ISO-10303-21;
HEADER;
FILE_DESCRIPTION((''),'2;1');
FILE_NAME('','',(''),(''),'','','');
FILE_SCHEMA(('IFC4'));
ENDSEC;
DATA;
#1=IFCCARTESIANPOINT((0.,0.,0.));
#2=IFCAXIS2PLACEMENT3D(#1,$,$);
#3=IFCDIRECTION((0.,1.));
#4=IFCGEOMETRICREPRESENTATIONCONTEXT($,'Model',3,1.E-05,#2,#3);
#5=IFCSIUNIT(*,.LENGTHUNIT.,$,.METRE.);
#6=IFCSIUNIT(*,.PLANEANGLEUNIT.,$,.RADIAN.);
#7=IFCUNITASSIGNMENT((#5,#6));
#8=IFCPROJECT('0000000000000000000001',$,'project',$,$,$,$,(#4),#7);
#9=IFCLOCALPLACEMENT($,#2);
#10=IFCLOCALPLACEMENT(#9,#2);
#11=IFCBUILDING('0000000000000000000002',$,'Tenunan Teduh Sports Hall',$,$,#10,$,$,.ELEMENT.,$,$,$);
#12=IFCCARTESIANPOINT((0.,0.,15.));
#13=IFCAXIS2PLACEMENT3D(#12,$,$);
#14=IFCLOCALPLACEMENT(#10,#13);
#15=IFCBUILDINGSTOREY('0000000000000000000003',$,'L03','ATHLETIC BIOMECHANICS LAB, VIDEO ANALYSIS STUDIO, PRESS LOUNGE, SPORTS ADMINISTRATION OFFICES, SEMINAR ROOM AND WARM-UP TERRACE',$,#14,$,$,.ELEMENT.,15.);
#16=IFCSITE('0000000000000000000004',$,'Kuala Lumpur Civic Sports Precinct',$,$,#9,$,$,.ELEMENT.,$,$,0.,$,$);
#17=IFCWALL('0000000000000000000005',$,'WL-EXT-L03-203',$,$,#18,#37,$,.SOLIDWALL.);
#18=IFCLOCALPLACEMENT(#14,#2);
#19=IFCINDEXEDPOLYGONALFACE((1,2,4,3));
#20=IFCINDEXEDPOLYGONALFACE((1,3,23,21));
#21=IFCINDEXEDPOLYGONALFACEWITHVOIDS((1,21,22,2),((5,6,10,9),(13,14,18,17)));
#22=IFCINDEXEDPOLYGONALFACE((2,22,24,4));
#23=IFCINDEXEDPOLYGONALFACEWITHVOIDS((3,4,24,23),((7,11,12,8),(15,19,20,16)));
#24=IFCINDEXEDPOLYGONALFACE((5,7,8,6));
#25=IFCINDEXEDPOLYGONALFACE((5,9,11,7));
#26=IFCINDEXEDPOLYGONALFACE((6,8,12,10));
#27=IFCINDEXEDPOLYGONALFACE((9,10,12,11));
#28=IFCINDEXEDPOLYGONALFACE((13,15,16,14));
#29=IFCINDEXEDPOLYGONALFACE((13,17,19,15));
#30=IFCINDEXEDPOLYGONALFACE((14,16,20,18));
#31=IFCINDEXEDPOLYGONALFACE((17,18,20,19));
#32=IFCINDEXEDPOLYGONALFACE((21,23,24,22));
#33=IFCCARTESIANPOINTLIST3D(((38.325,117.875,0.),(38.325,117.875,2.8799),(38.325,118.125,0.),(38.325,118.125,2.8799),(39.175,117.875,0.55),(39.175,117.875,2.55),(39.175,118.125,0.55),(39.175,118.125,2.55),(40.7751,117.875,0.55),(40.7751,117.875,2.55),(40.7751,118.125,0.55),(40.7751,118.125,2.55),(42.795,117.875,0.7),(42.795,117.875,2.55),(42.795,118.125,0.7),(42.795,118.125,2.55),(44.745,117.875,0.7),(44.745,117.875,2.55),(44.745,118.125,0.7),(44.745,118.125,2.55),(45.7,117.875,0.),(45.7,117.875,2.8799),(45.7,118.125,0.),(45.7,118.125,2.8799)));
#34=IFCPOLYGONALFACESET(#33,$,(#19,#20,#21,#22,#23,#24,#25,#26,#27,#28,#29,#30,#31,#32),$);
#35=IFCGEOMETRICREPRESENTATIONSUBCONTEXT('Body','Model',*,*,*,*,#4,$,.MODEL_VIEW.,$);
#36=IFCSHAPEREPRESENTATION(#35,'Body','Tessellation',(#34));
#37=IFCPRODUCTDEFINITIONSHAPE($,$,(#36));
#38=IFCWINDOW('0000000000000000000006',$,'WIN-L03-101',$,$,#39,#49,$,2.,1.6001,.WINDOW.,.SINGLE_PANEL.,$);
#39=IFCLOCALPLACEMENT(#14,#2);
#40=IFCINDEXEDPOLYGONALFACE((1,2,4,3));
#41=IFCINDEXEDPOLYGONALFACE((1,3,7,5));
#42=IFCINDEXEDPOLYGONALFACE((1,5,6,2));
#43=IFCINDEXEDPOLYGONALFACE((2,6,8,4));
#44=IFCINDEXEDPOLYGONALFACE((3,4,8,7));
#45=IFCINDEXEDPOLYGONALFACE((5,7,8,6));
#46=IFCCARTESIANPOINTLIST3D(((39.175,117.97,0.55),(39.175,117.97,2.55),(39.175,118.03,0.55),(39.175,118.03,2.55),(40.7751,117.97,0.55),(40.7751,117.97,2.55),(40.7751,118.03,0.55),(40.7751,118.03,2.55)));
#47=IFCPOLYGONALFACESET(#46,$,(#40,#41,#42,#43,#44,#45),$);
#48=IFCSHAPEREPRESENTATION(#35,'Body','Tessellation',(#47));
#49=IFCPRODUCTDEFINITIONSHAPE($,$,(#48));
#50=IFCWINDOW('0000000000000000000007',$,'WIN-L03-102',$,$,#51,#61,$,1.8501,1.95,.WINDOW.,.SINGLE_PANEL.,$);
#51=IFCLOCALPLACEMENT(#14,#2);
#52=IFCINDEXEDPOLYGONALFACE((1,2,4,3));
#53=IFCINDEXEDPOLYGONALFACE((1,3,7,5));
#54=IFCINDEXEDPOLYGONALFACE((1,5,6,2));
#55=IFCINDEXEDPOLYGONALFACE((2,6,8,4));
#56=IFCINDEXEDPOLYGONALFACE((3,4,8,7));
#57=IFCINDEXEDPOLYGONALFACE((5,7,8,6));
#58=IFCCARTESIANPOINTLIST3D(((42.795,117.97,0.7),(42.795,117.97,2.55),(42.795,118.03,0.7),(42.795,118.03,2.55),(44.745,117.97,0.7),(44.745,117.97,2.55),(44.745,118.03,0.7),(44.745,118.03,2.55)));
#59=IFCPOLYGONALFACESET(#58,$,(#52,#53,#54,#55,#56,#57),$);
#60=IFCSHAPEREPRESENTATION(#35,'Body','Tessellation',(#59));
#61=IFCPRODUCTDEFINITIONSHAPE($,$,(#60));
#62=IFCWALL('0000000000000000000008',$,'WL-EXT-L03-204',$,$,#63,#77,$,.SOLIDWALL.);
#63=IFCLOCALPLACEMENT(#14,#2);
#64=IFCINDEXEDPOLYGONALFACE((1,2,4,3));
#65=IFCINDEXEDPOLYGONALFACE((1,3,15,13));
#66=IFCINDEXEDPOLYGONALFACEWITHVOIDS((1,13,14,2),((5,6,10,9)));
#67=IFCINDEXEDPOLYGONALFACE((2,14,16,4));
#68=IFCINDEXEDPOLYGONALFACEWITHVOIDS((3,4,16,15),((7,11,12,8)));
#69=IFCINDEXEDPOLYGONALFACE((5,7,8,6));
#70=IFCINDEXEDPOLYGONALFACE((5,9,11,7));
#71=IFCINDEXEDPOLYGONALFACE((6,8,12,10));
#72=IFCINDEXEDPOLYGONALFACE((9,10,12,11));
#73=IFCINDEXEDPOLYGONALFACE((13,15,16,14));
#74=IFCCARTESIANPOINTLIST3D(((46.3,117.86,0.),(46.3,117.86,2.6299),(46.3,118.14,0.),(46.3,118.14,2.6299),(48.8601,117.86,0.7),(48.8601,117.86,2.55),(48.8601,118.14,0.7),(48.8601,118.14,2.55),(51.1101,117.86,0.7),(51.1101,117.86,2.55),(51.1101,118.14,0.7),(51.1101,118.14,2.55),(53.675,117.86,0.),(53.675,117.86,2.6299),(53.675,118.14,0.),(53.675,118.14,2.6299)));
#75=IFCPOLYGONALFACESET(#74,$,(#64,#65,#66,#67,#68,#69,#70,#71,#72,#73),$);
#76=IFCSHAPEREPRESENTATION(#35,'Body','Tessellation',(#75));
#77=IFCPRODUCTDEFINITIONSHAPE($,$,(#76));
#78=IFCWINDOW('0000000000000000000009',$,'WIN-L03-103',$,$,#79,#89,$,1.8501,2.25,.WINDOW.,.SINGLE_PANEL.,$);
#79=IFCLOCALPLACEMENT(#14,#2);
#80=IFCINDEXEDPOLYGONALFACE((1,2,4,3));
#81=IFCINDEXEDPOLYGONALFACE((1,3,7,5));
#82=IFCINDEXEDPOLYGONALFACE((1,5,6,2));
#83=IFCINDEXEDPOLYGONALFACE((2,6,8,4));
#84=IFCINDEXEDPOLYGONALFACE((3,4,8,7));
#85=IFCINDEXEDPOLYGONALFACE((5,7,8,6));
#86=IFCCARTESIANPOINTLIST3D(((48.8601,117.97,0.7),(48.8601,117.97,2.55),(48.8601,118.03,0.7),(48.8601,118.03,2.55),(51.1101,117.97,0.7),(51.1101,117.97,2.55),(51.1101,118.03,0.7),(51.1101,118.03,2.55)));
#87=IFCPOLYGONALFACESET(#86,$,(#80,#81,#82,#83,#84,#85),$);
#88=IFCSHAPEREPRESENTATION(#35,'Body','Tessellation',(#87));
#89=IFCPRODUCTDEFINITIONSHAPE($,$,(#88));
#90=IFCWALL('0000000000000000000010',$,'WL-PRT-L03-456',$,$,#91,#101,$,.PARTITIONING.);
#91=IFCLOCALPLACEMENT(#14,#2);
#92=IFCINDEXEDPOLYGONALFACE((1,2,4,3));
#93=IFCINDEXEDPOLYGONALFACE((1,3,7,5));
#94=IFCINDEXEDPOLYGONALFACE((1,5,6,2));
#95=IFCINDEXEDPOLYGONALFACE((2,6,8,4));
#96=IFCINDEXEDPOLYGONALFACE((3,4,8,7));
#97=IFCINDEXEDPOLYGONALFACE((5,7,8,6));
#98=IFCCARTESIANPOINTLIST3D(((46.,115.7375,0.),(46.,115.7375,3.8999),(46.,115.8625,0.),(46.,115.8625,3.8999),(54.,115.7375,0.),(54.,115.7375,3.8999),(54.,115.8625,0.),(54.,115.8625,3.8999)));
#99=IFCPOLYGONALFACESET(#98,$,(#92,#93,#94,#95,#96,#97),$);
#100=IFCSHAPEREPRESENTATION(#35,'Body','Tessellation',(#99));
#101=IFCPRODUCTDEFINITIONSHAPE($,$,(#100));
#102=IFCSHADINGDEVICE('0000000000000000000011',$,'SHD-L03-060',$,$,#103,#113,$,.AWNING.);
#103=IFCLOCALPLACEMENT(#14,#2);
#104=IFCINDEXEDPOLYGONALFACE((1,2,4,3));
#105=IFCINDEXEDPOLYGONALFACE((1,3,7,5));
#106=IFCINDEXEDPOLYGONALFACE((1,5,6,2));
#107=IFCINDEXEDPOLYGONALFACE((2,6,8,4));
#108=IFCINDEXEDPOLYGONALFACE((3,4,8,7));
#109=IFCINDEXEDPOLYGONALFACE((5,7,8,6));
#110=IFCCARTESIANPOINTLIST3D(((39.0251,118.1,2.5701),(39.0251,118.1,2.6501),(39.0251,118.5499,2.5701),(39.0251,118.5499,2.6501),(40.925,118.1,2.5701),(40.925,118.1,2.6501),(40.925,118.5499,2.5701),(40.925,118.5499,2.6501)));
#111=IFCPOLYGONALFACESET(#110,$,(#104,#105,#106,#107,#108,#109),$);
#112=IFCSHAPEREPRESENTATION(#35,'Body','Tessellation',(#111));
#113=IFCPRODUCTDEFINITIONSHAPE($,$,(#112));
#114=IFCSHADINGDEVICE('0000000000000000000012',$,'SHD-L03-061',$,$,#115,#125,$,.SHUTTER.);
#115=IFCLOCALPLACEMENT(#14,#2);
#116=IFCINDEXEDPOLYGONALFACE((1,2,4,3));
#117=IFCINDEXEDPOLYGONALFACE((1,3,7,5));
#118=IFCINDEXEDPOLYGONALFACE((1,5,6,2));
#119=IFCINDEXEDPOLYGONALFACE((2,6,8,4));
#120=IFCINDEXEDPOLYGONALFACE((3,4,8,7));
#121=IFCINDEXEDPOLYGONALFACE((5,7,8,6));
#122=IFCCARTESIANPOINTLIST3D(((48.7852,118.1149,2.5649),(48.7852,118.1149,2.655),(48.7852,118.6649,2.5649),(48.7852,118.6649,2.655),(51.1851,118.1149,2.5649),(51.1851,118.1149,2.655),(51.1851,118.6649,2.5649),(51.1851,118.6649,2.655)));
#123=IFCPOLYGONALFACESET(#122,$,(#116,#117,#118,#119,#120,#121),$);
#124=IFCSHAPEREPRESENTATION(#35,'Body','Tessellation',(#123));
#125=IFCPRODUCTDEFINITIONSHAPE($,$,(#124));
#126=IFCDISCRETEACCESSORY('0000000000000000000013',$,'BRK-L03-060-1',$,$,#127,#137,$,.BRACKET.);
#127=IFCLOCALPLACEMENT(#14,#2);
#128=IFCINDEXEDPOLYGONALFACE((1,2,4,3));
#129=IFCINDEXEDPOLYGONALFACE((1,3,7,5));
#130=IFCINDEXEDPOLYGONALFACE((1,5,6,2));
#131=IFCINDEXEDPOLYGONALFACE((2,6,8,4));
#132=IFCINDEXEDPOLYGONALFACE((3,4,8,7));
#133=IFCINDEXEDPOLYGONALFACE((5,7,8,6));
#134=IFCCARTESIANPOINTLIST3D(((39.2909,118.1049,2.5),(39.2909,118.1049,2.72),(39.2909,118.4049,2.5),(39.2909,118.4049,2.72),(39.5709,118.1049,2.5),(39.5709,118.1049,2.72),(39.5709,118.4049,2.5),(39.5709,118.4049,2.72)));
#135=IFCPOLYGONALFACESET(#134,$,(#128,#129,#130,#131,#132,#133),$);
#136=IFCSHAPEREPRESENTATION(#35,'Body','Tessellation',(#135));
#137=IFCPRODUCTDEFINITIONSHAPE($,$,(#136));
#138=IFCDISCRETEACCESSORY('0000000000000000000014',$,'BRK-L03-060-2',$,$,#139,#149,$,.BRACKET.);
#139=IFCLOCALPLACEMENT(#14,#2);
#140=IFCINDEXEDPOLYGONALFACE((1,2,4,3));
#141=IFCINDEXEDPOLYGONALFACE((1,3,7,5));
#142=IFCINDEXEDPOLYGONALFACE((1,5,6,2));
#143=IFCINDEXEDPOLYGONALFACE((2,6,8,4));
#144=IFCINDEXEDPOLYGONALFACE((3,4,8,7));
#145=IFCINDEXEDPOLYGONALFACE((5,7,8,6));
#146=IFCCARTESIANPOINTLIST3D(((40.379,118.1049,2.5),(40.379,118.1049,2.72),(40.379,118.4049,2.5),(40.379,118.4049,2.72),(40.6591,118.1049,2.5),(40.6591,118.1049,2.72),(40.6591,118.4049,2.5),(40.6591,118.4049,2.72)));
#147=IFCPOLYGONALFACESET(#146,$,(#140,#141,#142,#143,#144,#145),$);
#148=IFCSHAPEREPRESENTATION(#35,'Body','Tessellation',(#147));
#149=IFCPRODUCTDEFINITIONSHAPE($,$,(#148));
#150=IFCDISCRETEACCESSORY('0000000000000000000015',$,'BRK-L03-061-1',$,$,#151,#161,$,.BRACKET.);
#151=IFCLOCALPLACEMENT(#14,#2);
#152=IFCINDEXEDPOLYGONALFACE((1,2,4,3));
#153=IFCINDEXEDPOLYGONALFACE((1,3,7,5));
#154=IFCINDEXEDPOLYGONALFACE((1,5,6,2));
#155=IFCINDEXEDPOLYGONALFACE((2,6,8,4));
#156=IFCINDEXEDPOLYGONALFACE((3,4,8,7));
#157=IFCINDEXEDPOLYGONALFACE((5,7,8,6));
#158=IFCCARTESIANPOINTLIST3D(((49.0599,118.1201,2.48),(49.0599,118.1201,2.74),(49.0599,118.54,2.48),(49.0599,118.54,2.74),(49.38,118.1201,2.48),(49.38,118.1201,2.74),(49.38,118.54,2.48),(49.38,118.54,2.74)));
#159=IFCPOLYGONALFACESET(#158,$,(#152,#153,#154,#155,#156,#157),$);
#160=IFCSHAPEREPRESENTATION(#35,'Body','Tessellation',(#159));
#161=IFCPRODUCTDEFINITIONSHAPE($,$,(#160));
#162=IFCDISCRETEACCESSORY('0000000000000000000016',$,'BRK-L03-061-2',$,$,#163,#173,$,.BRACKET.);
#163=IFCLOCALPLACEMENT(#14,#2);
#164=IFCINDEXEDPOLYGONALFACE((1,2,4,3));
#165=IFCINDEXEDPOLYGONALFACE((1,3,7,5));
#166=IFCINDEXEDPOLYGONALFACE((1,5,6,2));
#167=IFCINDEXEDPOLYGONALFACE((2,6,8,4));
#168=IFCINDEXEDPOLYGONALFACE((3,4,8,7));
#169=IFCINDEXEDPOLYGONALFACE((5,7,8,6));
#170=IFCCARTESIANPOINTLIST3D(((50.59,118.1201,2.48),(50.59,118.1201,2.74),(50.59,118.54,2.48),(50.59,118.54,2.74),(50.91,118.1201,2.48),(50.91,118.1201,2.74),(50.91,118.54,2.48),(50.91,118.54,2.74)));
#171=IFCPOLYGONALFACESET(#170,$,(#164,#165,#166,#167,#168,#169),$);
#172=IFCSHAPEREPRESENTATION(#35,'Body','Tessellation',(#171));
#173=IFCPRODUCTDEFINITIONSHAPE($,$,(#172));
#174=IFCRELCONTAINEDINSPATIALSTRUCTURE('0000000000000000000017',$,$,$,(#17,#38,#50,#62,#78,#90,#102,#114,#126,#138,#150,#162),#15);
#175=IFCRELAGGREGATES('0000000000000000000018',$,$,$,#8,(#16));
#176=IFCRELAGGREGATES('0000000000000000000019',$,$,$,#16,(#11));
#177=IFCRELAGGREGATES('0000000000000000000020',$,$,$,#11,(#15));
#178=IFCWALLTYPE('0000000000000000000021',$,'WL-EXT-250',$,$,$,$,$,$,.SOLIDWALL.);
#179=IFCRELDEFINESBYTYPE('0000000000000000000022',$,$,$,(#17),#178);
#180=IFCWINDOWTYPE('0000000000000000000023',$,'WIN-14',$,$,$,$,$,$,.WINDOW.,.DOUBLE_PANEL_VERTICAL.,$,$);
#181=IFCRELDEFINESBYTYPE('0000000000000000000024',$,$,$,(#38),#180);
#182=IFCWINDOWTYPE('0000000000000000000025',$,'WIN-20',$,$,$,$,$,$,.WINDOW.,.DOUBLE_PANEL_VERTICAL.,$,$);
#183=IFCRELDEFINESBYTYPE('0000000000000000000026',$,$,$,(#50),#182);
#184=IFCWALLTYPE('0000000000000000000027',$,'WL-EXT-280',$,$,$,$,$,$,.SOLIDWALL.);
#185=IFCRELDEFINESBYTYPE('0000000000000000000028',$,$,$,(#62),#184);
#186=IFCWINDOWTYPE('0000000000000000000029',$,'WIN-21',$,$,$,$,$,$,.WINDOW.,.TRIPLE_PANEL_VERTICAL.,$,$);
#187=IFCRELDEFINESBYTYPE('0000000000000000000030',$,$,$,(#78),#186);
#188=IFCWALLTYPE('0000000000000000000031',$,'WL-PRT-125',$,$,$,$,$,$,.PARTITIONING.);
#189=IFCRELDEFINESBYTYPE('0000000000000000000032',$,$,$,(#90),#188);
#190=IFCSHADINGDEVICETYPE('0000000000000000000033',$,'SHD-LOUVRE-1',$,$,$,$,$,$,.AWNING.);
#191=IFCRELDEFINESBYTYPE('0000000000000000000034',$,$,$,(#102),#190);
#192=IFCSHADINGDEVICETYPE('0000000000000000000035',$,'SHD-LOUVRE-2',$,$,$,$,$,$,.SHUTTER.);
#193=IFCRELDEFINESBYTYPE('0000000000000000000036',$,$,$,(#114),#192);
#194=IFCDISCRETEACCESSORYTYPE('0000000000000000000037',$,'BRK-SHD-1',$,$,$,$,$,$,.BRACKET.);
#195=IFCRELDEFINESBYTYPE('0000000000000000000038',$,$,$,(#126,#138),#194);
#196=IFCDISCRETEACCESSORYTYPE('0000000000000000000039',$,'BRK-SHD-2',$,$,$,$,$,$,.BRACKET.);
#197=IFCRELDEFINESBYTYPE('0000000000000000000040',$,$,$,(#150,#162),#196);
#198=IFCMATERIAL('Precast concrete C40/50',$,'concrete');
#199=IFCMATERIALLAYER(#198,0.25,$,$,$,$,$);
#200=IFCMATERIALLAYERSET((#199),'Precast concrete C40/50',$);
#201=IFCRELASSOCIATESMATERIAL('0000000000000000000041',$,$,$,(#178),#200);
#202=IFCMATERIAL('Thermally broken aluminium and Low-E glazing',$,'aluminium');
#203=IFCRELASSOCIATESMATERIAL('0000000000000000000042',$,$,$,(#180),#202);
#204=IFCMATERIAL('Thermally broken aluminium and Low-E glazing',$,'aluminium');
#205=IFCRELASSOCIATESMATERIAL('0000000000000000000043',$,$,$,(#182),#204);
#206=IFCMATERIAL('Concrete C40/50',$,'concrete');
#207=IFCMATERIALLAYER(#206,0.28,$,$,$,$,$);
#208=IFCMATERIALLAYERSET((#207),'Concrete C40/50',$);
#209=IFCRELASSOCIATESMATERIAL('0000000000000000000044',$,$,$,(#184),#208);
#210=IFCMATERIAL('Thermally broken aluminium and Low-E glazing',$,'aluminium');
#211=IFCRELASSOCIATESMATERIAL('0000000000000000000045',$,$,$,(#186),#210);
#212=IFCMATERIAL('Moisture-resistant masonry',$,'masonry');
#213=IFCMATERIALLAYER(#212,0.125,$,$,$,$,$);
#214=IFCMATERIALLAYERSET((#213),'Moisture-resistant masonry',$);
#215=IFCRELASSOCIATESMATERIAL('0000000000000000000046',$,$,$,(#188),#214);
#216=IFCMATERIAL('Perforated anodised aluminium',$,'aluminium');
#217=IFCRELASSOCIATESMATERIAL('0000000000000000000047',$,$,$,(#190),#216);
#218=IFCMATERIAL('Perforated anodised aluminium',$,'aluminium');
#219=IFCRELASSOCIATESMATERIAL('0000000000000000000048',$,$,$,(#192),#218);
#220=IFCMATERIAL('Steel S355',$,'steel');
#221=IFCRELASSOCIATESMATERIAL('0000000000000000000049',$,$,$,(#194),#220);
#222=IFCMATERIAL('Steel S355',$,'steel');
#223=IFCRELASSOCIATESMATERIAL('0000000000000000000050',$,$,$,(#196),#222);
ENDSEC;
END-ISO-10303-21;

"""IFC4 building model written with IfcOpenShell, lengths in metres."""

from ifc_helpers import new_model, si_unit, direction, frame, frame_2d, origin, origin_2d, place, context, subcontext, project, spatial, rectangle, extrude, material, layer, layer_set, type_object, element, fill, save


model = new_model("IFC4")

# Units and contexts
model_context = context("Model", 3, precision=1e-05, world=origin(), true_north=direction((0.0, 1.0)))
body_context = subcontext(model_context, "Body", "Model", "MODEL_VIEW")
ifc_project = project(units=[si_unit("LENGTHUNIT", "METRE"), si_unit("PLANEANGLEUNIT", "RADIAN")], contexts=[model_context])

# Site, building, storey
site_placement = place(None, origin())
site = spatial("IfcSite", under=ifc_project, at=site_placement, Name="Kuala Lumpur Civic Sports Precinct", CompositionType="ELEMENT", RefElevation=0.0)
building_placement = place(site_placement, origin())
building = spatial("IfcBuilding", under=site, at=building_placement, Name="Tenunan Teduh Sports Hall", CompositionType="ELEMENT")
storey_placement = place(building_placement, frame((0.0, 0.0, 15.0)))
storey = spatial("IfcBuildingStorey", under=building, at=storey_placement, Name="L03", Description="ATHLETIC BIOMECHANICS LAB, VIDEO ANALYSIS STUDIO, PRESS LOUNGE, SPORTS ADMINISTRATION OFFICES, SEMINAR ROOM AND WARM-UP TERRACE", CompositionType="ELEMENT", Elevation=15.0)

# Wall, openings, windows
ifc_material_1 = material(Name="Precast concrete C40/50", Category="concrete")
ifc_layer_1 = layer(ifc_material_1, 0.25)
ifc_layer_set_1 = layer_set([ifc_layer_1], Name="Precast concrete C40/50")
wall_type_1 = type_object("IfcWallType", Name="WL-EXT-250", PredefinedType="SOLIDWALL", material=ifc_layer_set_1)
wall_1_placement = place(storey_placement, frame((38.325, 118.0, 0.0), z_axis=(0.0, 0.0, 1.0), x_axis=(1.0, 0.0, 0.0)))
wall_1 = element("IfcWall", 1, at=wall_1_placement, inside=storey, type_object=wall_type_1, Name="WL-EXT-L03-203", PredefinedType="SOLIDWALL", context=body_context, shape_type="SweptSolid", body=[
    extrude(rectangle(XDim=7.375, YDim=0.25, at=frame_2d((3.6875, 0.0))), origin(), (0.0, 0.0, 1.0), 2.8799),
])
opening_1_placement = place(wall_1_placement, frame((0.8501, 0.0, 0.55)))
opening_1 = element("IfcOpeningElement", 2, at=opening_1_placement, cuts=wall_1, PredefinedType="OPENING", context=body_context, shape_type="SweptSolid", body=[
    extrude(rectangle(XDim=1.6001, YDim=2.0, at=frame_2d((0.8, 1.0))), frame((0.0, 0.135, 0.0), z_axis=(0.0, -1.0, 0.0), x_axis=(1.0, 0.0, 0.0)), (0.0, 0.0, 1.0), 0.27),
])
opening_2_placement = place(wall_1_placement, frame((4.47, 0.0, 0.7)))
opening_2 = element("IfcOpeningElement", 3, at=opening_2_placement, cuts=wall_1, PredefinedType="OPENING", context=body_context, shape_type="SweptSolid", body=[
    extrude(rectangle(XDim=1.95, YDim=1.8501, at=frame_2d((0.9751, 0.925))), frame((0.0, 0.135, 0.0), z_axis=(0.0, -1.0, 0.0), x_axis=(1.0, 0.0, 0.0)), (0.0, 0.0, 1.0), 0.27),
])
ifc_material_2 = material(Name="Thermally broken aluminium and Low-E glazing", Category="aluminium")
window_type_1 = type_object("IfcWindowType", Name="WIN-14", PartitioningType="DOUBLE_PANEL_VERTICAL", PredefinedType="WINDOW", material=ifc_material_2)
window_1_placement = place(opening_1_placement, origin())
window_1 = element("IfcWindow", 4, at=window_1_placement, inside=storey, type_object=window_type_1, Name="WIN-L03-101", OverallHeight=2.0, OverallWidth=1.6001, PartitioningType="SINGLE_PANEL", PredefinedType="WINDOW", context=body_context, shape_type="SweptSolid", body=[
    extrude(rectangle(XDim=1.6001, YDim=2.0, at=frame_2d((0.8, 1.0))), frame((0.0, 0.03, 0.0), z_axis=(0.0, -1.0, 0.0), x_axis=(1.0, 0.0, 0.0)), (0.0, 0.0, 1.0), 0.0601),
])
fill(opening_1, window_1)
ifc_material_3 = material(Name="Thermally broken aluminium and Low-E glazing", Category="aluminium")
window_type_2 = type_object("IfcWindowType", Name="WIN-20", PartitioningType="DOUBLE_PANEL_VERTICAL", PredefinedType="WINDOW", material=ifc_material_3)
window_2_placement = place(opening_2_placement, origin())
window_2 = element("IfcWindow", 5, at=window_2_placement, inside=storey, type_object=window_type_2, Name="WIN-L03-102", OverallHeight=1.8501, OverallWidth=1.95, PartitioningType="SINGLE_PANEL", PredefinedType="WINDOW", context=body_context, shape_type="SweptSolid", body=[
    extrude(rectangle(XDim=1.95, YDim=1.8501, at=frame_2d((0.9751, 0.925))), frame((0.0, 0.03, 0.0), z_axis=(0.0, -1.0, 0.0), x_axis=(1.0, 0.0, 0.0)), (0.0, 0.0, 1.0), 0.0601),
])
fill(opening_2, window_2)

# Wall, opening, window
ifc_material_4 = material(Name="Concrete C40/50", Category="concrete")
ifc_layer_2 = layer(ifc_material_4, 0.28)
ifc_layer_set_2 = layer_set([ifc_layer_2], Name="Concrete C40/50")
wall_type_2 = type_object("IfcWallType", Name="WL-EXT-280", PredefinedType="SOLIDWALL", material=ifc_layer_set_2)
wall_2_placement = place(storey_placement, frame((46.3, 118.0, 0.0), z_axis=(0.0, 0.0, 1.0), x_axis=(1.0, 0.0, 0.0)))
wall_2 = element("IfcWall", 6, at=wall_2_placement, inside=storey, type_object=wall_type_2, Name="WL-EXT-L03-204", PredefinedType="SOLIDWALL", context=body_context, shape_type="SweptSolid", body=[
    extrude(rectangle(XDim=7.375, YDim=0.28, at=frame_2d((3.6875, 0.0))), origin(), (0.0, 0.0, 1.0), 2.6299),
])
opening_3_placement = place(wall_2_placement, frame((2.5601, 0.0, 0.7)))
opening_3 = element("IfcOpeningElement", 7, at=opening_3_placement, cuts=wall_2, PredefinedType="OPENING", context=body_context, shape_type="SweptSolid", body=[
    extrude(rectangle(XDim=2.25, YDim=1.8501, at=frame_2d((1.125, 0.925))), frame((0.0, 0.1499, 0.0), z_axis=(0.0, -1.0, 0.0), x_axis=(1.0, 0.0, 0.0)), (0.0, 0.0, 1.0), 0.3),
])
ifc_material_5 = material(Name="Thermally broken aluminium and Low-E glazing", Category="aluminium")
window_type_3 = type_object("IfcWindowType", Name="WIN-21", PartitioningType="TRIPLE_PANEL_VERTICAL", PredefinedType="WINDOW", material=ifc_material_5)
window_3_placement = place(opening_3_placement, origin())
window_3 = element("IfcWindow", 8, at=window_3_placement, inside=storey, type_object=window_type_3, Name="WIN-L03-103", OverallHeight=1.8501, OverallWidth=2.25, PartitioningType="SINGLE_PANEL", PredefinedType="WINDOW", context=body_context, shape_type="SweptSolid", body=[
    extrude(rectangle(XDim=2.25, YDim=1.8501, at=frame_2d((1.125, 0.925))), frame((0.0, 0.03, 0.0), z_axis=(0.0, -1.0, 0.0), x_axis=(1.0, 0.0, 0.0)), (0.0, 0.0, 1.0), 0.0601),
])
fill(opening_3, window_3)

# Wall
ifc_material_6 = material(Name="Moisture-resistant masonry", Category="masonry")
ifc_layer_3 = layer(ifc_material_6, 0.125)
ifc_layer_set_3 = layer_set([ifc_layer_3], Name="Moisture-resistant masonry")
wall_type_3 = type_object("IfcWallType", Name="WL-PRT-125", PredefinedType="PARTITIONING", material=ifc_layer_set_3)
wall_3_placement = place(storey_placement, frame((46.0, 115.8, 0.0), z_axis=(0.0, 0.0, 1.0), x_axis=(1.0, 0.0, 0.0)))
element("IfcWall", 9, at=wall_3_placement, inside=storey, type_object=wall_type_3, Name="WL-PRT-L03-456", PredefinedType="PARTITIONING", context=body_context, shape_type="SweptSolid", body=[
    extrude(rectangle(XDim=8.0, YDim=0.125, at=frame_2d((4.0, 0.0))), origin(), (0.0, 0.0, 1.0), 3.8999),
])

# Shading devices
ifc_material_7 = material(Name="Perforated anodised aluminium", Category="aluminium")
shading_device_type_1 = type_object("IfcShadingDeviceType", Name="SHD-LOUVRE-1", PredefinedType="AWNING", material=ifc_material_7)
shading_device_1_placement = place(storey_placement, frame((39.9751, 118.325, 2.5701), z_axis=(0.0, 0.0, 1.0), x_axis=(1.0, 0.0, 0.0)))
element("IfcShadingDevice", 10, at=shading_device_1_placement, inside=storey, type_object=shading_device_type_1, Name="SHD-L03-060", PredefinedType="AWNING", context=body_context, shape_type="SweptSolid", body=[
    extrude(rectangle(XDim=1.8999, YDim=0.45, at=origin_2d()), origin(), (0.0, 0.0, 1.0), 0.0801),
])
ifc_material_8 = material(Name="Perforated anodised aluminium", Category="aluminium")
shading_device_type_2 = type_object("IfcShadingDeviceType", Name="SHD-LOUVRE-2", PredefinedType="SHUTTER", material=ifc_material_8)
shading_device_2_placement = place(storey_placement, frame((49.9851, 118.3899, 2.5649), z_axis=(0.0, 0.0, 1.0), x_axis=(1.0, 0.0, 0.0)))
element("IfcShadingDevice", 11, at=shading_device_2_placement, inside=storey, type_object=shading_device_type_2, Name="SHD-L03-061", PredefinedType="SHUTTER", context=body_context, shape_type="SweptSolid", body=[
    extrude(rectangle(XDim=2.3999, YDim=0.55, at=origin_2d()), origin(), (0.0, 0.0, 1.0), 0.0901),
])

# Discrete accessories
ifc_material_9 = material(Name="Steel S355", Category="steel")
discrete_accessory_type_1 = type_object("IfcDiscreteAccessoryType", Name="BRK-SHD-1", PredefinedType="BRACKET", material=ifc_material_9)
for number, where, z_axis, x_axis, name in (
    (12, (39.4309, 118.2549, 2.5), (0.0, 0.0, 1.0), (1.0, 0.0, 0.0), "BRK-L03-060-1"),
    (13, (40.519, 118.2549, 2.5), (0.0, 0.0, 1.0), (1.0, 0.0, 0.0), "BRK-L03-060-2"),
):
    element("IfcDiscreteAccessory", number, at=place(storey_placement, frame(where, z_axis=z_axis, x_axis=x_axis)), inside=storey, type_object=discrete_accessory_type_1, Name=name, PredefinedType="BRACKET", context=body_context, shape_type="SweptSolid", body=[
        extrude(rectangle(XDim=0.28, YDim=0.3, at=origin_2d()), origin(), (0.0, 0.0, 1.0), 0.22),
    ])
ifc_material_10 = material(Name="Steel S355", Category="steel")
discrete_accessory_type_2 = type_object("IfcDiscreteAccessoryType", Name="BRK-SHD-2", PredefinedType="BRACKET", material=ifc_material_10)
for number, where, z_axis, x_axis, name in (
    (14, (49.22, 118.3301, 2.48), (0.0, 0.0, 1.0), (1.0, 0.0, 0.0), "BRK-L03-061-1"),
    (15, (50.75, 118.3301, 2.48), (0.0, 0.0, 1.0), (1.0, 0.0, 0.0), "BRK-L03-061-2"),
):
    element("IfcDiscreteAccessory", number, at=place(storey_placement, frame(where, z_axis=z_axis, x_axis=x_axis)), inside=storey, type_object=discrete_accessory_type_2, Name=name, PredefinedType="BRACKET", context=body_context, shape_type="SweptSolid", body=[
        extrude(rectangle(XDim=0.3201, YDim=0.4199, at=origin_2d()), origin(), (0.0, 0.0, 1.0), 0.26),
    ])

save(model, "model.ifc")
